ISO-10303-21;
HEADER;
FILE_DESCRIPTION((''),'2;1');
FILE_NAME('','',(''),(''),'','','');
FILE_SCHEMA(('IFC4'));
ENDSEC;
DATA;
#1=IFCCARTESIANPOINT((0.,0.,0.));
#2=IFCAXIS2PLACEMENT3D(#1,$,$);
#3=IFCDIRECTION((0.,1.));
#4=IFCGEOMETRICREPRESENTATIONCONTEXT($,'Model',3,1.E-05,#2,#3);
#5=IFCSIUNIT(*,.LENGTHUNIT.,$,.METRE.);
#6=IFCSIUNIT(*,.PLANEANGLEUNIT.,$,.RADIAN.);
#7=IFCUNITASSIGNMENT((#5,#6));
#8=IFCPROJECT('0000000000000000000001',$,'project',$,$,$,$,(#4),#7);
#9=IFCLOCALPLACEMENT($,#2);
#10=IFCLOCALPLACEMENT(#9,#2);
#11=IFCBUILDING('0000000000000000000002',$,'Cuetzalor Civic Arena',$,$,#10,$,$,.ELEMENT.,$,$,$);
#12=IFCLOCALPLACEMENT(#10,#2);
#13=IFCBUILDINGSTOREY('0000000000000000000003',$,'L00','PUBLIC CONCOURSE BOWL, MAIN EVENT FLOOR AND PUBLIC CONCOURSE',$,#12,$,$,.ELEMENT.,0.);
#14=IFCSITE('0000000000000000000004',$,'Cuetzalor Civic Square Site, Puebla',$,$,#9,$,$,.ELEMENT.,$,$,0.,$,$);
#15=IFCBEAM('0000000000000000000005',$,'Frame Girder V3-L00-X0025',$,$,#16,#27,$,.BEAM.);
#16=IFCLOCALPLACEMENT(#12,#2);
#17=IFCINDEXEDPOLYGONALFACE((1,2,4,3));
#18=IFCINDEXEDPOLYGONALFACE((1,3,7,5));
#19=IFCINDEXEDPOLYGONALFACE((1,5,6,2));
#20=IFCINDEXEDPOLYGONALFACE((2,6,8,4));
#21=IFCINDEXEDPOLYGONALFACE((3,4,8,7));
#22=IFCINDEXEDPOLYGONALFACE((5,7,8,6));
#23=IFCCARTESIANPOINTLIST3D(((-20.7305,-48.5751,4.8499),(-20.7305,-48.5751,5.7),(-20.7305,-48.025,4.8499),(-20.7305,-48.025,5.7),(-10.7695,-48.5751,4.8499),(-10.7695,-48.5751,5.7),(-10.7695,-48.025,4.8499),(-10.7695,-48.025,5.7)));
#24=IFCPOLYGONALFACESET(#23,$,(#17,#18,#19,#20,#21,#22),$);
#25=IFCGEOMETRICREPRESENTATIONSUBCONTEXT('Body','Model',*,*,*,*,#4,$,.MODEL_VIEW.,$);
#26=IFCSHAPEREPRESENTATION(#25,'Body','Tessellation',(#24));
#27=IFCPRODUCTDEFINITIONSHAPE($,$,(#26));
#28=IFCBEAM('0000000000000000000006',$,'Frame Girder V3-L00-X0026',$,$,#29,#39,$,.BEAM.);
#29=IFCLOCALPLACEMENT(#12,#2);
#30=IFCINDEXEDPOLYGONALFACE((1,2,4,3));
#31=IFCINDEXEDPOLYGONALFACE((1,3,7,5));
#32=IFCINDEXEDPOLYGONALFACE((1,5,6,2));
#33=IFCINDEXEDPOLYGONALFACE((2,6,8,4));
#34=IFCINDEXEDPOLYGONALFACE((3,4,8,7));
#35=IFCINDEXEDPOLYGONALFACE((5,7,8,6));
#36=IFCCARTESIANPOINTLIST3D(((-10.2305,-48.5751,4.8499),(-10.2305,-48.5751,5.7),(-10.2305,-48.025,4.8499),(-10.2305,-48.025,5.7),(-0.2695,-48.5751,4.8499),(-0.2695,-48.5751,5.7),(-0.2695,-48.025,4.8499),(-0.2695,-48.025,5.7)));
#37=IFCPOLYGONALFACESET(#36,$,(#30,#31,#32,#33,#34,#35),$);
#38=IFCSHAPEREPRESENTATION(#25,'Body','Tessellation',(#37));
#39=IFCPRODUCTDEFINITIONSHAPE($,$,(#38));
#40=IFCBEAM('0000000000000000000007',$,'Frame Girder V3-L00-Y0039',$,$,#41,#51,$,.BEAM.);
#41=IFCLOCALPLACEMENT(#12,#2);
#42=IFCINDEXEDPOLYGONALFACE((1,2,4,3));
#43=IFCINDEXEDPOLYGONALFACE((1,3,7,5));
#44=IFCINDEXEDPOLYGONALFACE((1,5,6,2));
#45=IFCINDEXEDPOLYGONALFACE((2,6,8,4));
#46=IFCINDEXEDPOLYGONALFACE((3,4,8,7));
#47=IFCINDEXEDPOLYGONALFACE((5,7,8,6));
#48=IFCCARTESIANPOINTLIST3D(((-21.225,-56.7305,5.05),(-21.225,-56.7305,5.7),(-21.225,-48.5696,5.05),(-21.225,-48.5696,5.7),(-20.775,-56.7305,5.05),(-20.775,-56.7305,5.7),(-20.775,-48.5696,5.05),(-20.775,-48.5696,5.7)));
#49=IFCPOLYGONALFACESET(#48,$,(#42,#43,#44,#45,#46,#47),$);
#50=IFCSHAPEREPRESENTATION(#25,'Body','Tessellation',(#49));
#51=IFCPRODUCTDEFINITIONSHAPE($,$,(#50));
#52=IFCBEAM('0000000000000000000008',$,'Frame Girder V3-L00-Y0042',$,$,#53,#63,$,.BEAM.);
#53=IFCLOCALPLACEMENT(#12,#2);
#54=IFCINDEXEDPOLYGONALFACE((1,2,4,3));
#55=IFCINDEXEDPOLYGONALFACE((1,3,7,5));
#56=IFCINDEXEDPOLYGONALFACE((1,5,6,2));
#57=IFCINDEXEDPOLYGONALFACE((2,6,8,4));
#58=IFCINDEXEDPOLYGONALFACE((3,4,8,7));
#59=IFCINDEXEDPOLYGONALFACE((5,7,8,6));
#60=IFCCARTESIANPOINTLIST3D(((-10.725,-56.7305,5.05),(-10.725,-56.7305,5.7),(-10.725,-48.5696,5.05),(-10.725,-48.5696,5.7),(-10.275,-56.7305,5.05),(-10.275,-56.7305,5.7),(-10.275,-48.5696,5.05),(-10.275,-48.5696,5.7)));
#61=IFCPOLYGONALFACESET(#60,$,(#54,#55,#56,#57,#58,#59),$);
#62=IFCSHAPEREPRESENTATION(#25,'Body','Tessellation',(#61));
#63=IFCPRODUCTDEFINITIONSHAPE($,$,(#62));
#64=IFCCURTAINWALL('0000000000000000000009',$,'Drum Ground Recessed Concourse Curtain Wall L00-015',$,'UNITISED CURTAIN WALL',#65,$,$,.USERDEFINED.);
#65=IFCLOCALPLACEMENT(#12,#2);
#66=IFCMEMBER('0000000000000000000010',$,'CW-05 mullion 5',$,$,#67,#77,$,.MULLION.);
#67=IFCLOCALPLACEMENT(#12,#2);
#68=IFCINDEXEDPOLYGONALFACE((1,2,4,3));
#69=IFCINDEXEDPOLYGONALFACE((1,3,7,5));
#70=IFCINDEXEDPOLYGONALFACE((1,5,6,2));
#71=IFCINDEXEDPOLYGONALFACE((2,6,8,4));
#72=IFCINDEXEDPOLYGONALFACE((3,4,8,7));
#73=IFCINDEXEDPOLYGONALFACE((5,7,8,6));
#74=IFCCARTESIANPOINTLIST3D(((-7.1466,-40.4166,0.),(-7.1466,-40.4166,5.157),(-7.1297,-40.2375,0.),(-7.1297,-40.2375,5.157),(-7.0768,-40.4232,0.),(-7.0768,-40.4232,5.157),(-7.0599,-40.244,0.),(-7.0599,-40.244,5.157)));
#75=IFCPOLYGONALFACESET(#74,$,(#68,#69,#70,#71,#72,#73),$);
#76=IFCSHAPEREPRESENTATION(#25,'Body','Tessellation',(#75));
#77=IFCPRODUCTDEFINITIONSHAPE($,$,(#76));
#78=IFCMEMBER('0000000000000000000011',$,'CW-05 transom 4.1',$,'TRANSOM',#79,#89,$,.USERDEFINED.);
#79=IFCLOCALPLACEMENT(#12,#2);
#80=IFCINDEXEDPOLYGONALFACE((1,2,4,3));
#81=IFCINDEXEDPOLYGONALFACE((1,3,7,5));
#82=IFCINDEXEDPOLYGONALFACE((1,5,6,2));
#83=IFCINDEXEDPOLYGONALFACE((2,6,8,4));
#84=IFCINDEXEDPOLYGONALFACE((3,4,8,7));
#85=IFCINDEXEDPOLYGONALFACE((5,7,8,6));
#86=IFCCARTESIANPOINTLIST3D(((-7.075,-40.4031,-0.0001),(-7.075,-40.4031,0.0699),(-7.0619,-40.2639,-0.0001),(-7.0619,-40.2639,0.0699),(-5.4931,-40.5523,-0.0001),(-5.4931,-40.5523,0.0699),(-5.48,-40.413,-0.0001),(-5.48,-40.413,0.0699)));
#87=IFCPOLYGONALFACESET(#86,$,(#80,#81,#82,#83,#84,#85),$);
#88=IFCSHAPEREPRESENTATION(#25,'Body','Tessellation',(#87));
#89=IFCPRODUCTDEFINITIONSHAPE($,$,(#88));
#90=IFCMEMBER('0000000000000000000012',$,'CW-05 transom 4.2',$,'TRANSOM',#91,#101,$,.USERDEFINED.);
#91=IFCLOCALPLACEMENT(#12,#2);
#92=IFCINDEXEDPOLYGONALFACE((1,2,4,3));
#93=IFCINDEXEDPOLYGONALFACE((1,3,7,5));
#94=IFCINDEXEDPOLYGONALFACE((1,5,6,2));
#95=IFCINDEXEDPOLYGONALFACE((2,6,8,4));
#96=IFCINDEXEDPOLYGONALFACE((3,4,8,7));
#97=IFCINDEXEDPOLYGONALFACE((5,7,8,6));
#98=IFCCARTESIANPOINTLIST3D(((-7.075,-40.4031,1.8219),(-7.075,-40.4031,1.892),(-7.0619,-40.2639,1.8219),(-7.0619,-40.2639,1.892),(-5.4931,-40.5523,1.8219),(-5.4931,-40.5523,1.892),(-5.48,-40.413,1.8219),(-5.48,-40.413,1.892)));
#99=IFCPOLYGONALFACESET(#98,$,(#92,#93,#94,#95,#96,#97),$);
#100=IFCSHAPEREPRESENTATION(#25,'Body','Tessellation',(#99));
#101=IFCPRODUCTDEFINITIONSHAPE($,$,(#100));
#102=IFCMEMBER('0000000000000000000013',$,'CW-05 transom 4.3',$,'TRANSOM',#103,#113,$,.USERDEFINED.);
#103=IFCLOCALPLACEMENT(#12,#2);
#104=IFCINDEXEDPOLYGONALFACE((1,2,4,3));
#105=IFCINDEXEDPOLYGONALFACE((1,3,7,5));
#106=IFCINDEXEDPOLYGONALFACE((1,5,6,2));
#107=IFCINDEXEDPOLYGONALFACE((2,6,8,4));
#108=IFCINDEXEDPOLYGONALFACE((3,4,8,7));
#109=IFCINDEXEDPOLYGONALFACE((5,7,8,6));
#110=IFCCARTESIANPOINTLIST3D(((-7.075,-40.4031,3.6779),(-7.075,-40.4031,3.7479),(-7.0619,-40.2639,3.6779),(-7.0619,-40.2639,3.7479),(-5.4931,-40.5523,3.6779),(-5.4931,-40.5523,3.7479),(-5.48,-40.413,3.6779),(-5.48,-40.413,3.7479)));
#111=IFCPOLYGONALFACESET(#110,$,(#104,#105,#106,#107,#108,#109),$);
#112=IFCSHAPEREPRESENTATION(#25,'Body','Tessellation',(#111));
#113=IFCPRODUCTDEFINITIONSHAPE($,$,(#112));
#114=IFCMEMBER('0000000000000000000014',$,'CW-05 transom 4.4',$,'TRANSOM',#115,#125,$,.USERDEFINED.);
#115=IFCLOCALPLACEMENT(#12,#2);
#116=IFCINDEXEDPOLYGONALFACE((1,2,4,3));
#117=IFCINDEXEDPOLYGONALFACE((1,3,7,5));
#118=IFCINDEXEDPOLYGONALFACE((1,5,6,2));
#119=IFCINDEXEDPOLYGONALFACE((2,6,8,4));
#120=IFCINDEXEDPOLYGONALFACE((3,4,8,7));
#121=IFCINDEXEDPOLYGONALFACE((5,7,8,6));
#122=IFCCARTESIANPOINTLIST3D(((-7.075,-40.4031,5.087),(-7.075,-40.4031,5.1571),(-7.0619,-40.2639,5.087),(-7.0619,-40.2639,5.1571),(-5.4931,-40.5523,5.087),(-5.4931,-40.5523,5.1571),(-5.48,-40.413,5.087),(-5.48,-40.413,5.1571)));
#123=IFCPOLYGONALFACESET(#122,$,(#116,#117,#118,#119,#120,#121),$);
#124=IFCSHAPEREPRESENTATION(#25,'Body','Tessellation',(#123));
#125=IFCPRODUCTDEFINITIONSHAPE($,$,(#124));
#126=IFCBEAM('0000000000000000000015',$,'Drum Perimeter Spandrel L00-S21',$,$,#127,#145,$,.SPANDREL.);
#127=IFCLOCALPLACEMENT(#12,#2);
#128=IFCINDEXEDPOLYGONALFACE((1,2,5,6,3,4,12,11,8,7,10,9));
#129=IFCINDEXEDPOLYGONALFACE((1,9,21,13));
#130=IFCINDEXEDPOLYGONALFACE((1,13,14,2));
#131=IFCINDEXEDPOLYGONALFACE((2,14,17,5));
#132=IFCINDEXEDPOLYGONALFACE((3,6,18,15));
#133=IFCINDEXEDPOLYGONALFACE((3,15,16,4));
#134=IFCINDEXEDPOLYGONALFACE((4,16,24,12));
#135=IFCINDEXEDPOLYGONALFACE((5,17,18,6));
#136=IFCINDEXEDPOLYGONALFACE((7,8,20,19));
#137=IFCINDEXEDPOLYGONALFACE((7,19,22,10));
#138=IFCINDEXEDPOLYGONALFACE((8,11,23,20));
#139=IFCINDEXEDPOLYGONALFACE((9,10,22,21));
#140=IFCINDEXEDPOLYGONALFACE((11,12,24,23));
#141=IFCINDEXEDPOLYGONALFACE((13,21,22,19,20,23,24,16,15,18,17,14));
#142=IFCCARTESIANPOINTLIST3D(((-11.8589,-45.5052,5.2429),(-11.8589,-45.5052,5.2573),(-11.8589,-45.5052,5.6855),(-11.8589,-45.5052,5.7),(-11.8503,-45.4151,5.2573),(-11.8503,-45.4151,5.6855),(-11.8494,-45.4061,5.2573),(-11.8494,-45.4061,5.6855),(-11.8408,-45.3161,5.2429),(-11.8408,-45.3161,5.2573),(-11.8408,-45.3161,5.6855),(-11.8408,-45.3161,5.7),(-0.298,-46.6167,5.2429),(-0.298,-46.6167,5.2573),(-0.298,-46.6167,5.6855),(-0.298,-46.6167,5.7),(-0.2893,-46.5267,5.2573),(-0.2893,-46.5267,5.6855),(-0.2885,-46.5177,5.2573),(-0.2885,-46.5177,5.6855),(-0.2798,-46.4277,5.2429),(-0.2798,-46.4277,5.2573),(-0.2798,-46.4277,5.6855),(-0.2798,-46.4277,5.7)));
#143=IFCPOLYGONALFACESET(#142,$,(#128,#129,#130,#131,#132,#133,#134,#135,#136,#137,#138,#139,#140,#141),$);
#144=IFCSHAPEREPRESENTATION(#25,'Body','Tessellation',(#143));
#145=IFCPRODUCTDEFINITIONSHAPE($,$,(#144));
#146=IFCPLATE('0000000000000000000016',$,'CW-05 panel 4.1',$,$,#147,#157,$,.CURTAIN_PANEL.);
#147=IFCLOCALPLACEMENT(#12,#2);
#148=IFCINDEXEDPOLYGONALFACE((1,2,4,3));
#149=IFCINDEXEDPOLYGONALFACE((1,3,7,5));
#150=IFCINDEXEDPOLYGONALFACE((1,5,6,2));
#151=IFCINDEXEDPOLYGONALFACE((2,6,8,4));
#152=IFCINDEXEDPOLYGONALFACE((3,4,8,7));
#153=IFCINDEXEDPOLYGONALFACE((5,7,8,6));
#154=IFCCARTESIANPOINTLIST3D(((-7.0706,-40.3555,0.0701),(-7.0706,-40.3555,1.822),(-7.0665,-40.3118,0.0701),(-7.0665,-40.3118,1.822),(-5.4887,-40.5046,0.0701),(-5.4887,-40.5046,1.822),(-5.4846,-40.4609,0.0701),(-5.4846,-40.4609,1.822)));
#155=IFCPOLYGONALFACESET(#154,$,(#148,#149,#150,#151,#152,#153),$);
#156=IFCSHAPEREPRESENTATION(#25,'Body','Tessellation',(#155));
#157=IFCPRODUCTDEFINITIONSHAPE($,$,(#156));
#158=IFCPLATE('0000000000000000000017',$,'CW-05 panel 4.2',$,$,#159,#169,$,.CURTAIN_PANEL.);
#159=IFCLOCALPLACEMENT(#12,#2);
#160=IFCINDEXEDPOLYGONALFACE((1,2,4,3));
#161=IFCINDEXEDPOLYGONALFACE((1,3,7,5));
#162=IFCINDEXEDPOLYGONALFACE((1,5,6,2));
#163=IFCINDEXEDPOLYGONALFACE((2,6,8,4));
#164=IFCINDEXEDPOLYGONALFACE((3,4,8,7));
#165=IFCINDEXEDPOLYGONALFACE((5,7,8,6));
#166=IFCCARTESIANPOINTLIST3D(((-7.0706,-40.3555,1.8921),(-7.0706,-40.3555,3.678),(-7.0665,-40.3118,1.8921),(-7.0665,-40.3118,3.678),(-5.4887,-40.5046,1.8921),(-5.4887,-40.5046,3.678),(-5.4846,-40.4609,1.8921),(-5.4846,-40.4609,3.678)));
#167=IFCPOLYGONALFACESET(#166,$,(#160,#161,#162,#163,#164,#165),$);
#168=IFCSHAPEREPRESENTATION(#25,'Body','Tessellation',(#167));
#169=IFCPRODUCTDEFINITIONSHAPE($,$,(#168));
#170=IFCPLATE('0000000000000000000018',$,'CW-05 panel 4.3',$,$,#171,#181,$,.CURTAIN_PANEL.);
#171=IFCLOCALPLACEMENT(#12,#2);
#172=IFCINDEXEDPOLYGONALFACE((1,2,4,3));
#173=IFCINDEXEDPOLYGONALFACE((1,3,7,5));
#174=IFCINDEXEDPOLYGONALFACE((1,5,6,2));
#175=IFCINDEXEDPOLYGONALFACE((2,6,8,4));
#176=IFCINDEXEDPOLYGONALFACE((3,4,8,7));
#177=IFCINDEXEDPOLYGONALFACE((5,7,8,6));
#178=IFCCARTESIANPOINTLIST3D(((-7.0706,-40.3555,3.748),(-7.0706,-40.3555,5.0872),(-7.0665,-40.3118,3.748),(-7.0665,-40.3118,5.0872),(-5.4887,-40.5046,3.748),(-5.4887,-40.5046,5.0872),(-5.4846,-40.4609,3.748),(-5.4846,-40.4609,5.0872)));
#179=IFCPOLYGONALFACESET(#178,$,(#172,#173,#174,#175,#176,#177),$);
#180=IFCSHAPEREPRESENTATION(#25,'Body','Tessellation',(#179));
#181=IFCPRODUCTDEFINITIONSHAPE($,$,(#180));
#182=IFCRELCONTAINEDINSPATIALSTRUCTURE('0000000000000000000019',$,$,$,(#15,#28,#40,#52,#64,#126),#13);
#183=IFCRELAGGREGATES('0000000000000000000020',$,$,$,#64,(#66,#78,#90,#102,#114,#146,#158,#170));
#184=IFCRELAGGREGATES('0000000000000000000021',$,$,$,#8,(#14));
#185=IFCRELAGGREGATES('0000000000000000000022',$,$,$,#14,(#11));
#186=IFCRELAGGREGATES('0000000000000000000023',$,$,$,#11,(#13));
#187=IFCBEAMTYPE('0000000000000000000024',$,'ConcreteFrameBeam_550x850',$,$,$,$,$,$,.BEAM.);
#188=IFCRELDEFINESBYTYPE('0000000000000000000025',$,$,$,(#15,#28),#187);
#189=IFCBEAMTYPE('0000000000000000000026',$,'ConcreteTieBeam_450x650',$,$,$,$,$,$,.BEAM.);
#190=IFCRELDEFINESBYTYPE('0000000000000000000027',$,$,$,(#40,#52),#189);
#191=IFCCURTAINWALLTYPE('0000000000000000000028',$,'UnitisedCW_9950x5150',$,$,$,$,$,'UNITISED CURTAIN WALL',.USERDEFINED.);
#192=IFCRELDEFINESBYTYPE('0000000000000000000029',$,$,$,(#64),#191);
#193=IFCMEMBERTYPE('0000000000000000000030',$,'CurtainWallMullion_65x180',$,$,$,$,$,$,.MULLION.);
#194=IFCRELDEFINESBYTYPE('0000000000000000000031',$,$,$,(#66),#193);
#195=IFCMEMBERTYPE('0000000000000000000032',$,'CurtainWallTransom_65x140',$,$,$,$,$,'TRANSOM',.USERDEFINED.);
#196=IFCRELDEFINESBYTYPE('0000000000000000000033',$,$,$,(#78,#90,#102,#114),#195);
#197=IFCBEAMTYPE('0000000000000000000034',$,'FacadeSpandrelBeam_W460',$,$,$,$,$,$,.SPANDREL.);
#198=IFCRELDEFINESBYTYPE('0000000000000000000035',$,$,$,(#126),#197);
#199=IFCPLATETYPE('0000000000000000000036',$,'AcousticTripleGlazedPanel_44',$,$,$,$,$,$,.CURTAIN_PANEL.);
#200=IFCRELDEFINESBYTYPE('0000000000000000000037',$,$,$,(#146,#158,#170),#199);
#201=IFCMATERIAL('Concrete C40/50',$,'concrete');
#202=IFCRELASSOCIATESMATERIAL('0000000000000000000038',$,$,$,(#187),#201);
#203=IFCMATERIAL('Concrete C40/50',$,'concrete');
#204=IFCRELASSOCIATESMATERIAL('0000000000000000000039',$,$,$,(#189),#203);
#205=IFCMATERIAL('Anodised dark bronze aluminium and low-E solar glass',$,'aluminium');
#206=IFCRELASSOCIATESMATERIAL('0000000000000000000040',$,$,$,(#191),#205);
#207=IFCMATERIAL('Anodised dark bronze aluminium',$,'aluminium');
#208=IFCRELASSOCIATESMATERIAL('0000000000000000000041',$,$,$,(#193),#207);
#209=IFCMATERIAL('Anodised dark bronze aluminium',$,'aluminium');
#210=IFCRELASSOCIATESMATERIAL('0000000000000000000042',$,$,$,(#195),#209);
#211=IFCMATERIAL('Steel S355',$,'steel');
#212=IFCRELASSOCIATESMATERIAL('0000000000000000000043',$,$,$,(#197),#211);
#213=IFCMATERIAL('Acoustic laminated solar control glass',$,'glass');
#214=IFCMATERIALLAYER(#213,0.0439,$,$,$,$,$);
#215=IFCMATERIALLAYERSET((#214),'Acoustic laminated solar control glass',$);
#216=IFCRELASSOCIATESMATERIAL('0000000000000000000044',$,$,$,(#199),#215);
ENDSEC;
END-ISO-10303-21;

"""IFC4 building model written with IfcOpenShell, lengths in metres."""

from ifc_helpers import new_model, si_unit, direction, frame, origin, origin_2d, place, context, subcontext, project, spatial, rectangle, i_section, extrude, material, layer, layer_set, material_profile, profile_set, type_object, element, aggregate, save


model = new_model("IFC4")

# Units and contexts
model_context = context("Model", 3, precision=1e-05, world=origin(), true_north=direction((0.0, 1.0)))
body_context = subcontext(model_context, "Body", "Model", "MODEL_VIEW")
ifc_project = project(units=[si_unit("LENGTHUNIT", "METRE"), si_unit("PLANEANGLEUNIT", "RADIAN")], contexts=[model_context])

# Site, building, storey
site_placement = place(None, origin())
site = spatial("IfcSite", under=ifc_project, at=site_placement, Name="Cuetzalor Civic Square Site, Puebla", CompositionType="ELEMENT", RefElevation=0.0)
building_placement = place(site_placement, origin())
building = spatial("IfcBuilding", under=site, at=building_placement, Name="Cuetzalor Civic Arena", CompositionType="ELEMENT")
storey_placement = place(building_placement, origin())
storey = spatial("IfcBuildingStorey", under=building, at=storey_placement, Name="L00", Description="PUBLIC CONCOURSE BOWL, MAIN EVENT FLOOR AND PUBLIC CONCOURSE", CompositionType="ELEMENT", Elevation=0.0)

# Beams
ifc_material_1 = material(Name="Concrete C40/50", Category="concrete")
ifc_material_profile_1 = material_profile(ifc_material_1, rectangle(XDim=0.55, YDim=0.8501, at=origin_2d()), Name="RC 550x850")
ifc_profile_set_1 = profile_set([ifc_material_profile_1], Name="Concrete C40/50")
beam_type_1 = type_object("IfcBeamType", Name="ConcreteFrameBeam_550x850", PredefinedType="BEAM", material=ifc_profile_set_1)
for number, where, z_axis, x_axis, name in (
    (1, (-20.7305, -48.3, 5.2749), (1.0, 0.0, 0.0), (0.0, 1.0, 0.0), "Frame Girder V3-L00-X0025"),
    (2, (-10.2305, -48.3, 5.2749), (1.0, 0.0, 0.0), (0.0, 1.0, 0.0), "Frame Girder V3-L00-X0026"),
):
    element("IfcBeam", number, at=place(storey_placement, frame(where, z_axis=z_axis, x_axis=x_axis)), inside=storey, type_object=beam_type_1, Name=name, PredefinedType="BEAM", context=body_context, shape_type="SweptSolid", body=[
        extrude(rectangle(XDim=0.55, YDim=0.8501, at=origin_2d()), origin(), (0.0, 0.0, 1.0), 9.9609),
    ])
ifc_material_2 = material(Name="Concrete C40/50", Category="concrete")
ifc_material_profile_2 = material_profile(ifc_material_2, rectangle(XDim=0.45, YDim=0.6499, at=origin_2d()), Name="RC 450x650")
ifc_profile_set_2 = profile_set([ifc_material_profile_2], Name="Concrete C40/50")
beam_type_2 = type_object("IfcBeamType", Name="ConcreteTieBeam_450x650", PredefinedType="BEAM", material=ifc_profile_set_2)
for number, where, z_axis, x_axis, name in (
    (3, (-21.0, -56.7305, 5.375), (0.0, 1.0, 0.0), (-1.0, 0.0, 0.0), "Frame Girder V3-L00-Y0039"),
    (4, (-10.5, -56.7305, 5.375), (0.0, 1.0, 0.0), (-1.0, 0.0, 0.0), "Frame Girder V3-L00-Y0042"),
):
    element("IfcBeam", number, at=place(storey_placement, frame(where, z_axis=z_axis, x_axis=x_axis)), inside=storey, type_object=beam_type_2, Name=name, PredefinedType="BEAM", context=body_context, shape_type="SweptSolid", body=[
        extrude(rectangle(XDim=0.45, YDim=0.6499, at=origin_2d()), origin(), (0.0, 0.0, 1.0), 8.1609),
    ])

# Curtain wall, members
ifc_material_3 = material(Name="Anodised dark bronze aluminium and low-E solar glass", Category="aluminium")
curtain_wall_type = type_object("IfcCurtainWallType", Name="UnitisedCW_9950x5150", ElementType="UNITISED CURTAIN WALL", PredefinedType="USERDEFINED", material=ifc_material_3)
curtain_wall_placement = place(storey_placement, origin())
curtain_wall = element("IfcCurtainWall", 5, at=curtain_wall_placement, inside=storey, type_object=curtain_wall_type, Name="Drum Ground Recessed Concourse Curtain Wall L00-015", ObjectType="UNITISED CURTAIN WALL", PredefinedType="USERDEFINED")
ifc_material_4 = material(Name="Anodised dark bronze aluminium", Category="aluminium")
ifc_material_profile_3 = material_profile(ifc_material_4, rectangle(XDim=0.0701, YDim=0.1799, at=origin_2d()), Name="ALU MULLION 70x180")
ifc_profile_set_3 = profile_set([ifc_material_profile_3], Name="Anodised dark bronze aluminium")
member_type_1 = type_object("IfcMemberType", Name="CurtainWallMullion_65x180", PredefinedType="MULLION", material=ifc_profile_set_3)
member_1_placement = place(storey_placement, frame((-7.1033, -40.3303, 0.0), z_axis=(0.0, 0.0, 1.0), x_axis=(-0.995585, 0.093863, 0.0)))
member_1 = element("IfcMember", 6, at=member_1_placement, type_object=member_type_1, Name="CW-05 mullion 5", PredefinedType="MULLION", context=body_context, shape_type="SweptSolid", body=[
    extrude(rectangle(XDim=0.0701, YDim=0.1799, at=origin_2d()), origin(), (0.0, 0.0, 1.0), 5.157),
])
ifc_material_5 = material(Name="Anodised dark bronze aluminium", Category="aluminium")
ifc_material_profile_4 = material_profile(ifc_material_5, rectangle(XDim=0.1399, YDim=0.0701, at=origin_2d()), Name="ALU TRANSOM 70x140")
ifc_profile_set_4 = profile_set([ifc_material_profile_4], Name="Anodised dark bronze aluminium")
member_type_2 = type_object("IfcMemberType", Name="CurtainWallTransom_65x140", ElementType="TRANSOM", PredefinedType="USERDEFINED", material=ifc_profile_set_4)
member_2_placement = place(storey_placement, frame((-5.4866, -40.4827, 0.0349), z_axis=(-0.995583, 0.093888, 0.0), x_axis=(-0.093888, -0.995583, 0.0)))
member_2 = element("IfcMember", 7, at=member_2_placement, type_object=member_type_2, Name="CW-05 transom 4.1", ObjectType="TRANSOM", PredefinedType="USERDEFINED", context=body_context, shape_type="SweptSolid", body=[
    extrude(rectangle(XDim=0.1399, YDim=0.0701, at=origin_2d()), origin(), (0.0, 0.0, 1.0), 1.5889),
])
member_3_placement = place(storey_placement, frame((-5.4866, -40.4827, 1.8569), z_axis=(-0.995583, 0.093888, 0.0), x_axis=(-0.093888, -0.995583, 0.0)))
member_3 = element("IfcMember", 8, at=member_3_placement, type_object=member_type_2, Name="CW-05 transom 4.2", ObjectType="TRANSOM", PredefinedType="USERDEFINED", context=body_context, shape_type="SweptSolid", body=[
    extrude(rectangle(XDim=0.1399, YDim=0.0701, at=origin_2d()), origin(), (0.0, 0.0, 1.0), 1.5889),
])
member_4_placement = place(storey_placement, frame((-5.4866, -40.4827, 3.7129), z_axis=(-0.995583, 0.093888, 0.0), x_axis=(-0.093888, -0.995583, 0.0)))
member_4 = element("IfcMember", 9, at=member_4_placement, type_object=member_type_2, Name="CW-05 transom 4.3", ObjectType="TRANSOM", PredefinedType="USERDEFINED", context=body_context, shape_type="SweptSolid", body=[
    extrude(rectangle(XDim=0.1399, YDim=0.0701, at=origin_2d()), origin(), (0.0, 0.0, 1.0), 1.5889),
])
member_5_placement = place(storey_placement, frame((-5.4866, -40.4827, 5.1221), z_axis=(-0.995583, 0.093888, 0.0), x_axis=(-0.093888, -0.995583, 0.0)))
member_5 = element("IfcMember", 10, at=member_5_placement, type_object=member_type_2, Name="CW-05 transom 4.4", ObjectType="TRANSOM", PredefinedType="USERDEFINED", context=body_context, shape_type="SweptSolid", body=[
    extrude(rectangle(XDim=0.1399, YDim=0.0701, at=origin_2d()), origin(), (0.0, 0.0, 1.0), 1.5889),
])

# Beam
ifc_material_6 = material(Name="Steel S355", Category="steel")
ifc_material_profile_5 = material_profile(ifc_material_6, i_section(OverallWidth=0.1899, OverallDepth=0.457, WebThickness=0.009, FlangeThickness=0.0144, at=origin_2d()), Name="W460x74")
ifc_profile_set_5 = profile_set([ifc_material_profile_5], Name="Steel S355")
beam_type_3 = type_object("IfcBeamType", Name="FacadeSpandrelBeam_W460", PredefinedType="SPANDREL", material=ifc_profile_set_5)
beam_placement = place(storey_placement, frame((-11.8499, -45.4106, 5.4714), z_axis=(0.99541, -0.095707, 0.0), x_axis=(0.095707, 0.99541, 0.0)))
element("IfcBeam", 11, at=beam_placement, inside=storey, type_object=beam_type_3, Name="Drum Perimeter Spandrel L00-S21", PredefinedType="SPANDREL", context=body_context, shape_type="SweptSolid", body=[
    extrude(i_section(OverallWidth=0.1899, OverallDepth=0.457, WebThickness=0.009, FlangeThickness=0.0144, at=origin_2d()), origin(), (0.0, 0.0, 1.0), 11.6143),
])

# Plates
ifc_material_7 = material(Name="Acoustic laminated solar control glass", Category="glass")
ifc_layer_1 = layer(ifc_material_7, 0.0439)
ifc_layer_set_1 = layer_set([ifc_layer_1], Name="Acoustic laminated solar control glass")
plate_type = type_object("IfcPlateType", Name="AcousticTripleGlazedPanel_44", PredefinedType="CURTAIN_PANEL", material=ifc_layer_set_1)
plate_1_placement = place(storey_placement, frame((-6.2776, -40.4082, 0.0701), z_axis=(0.0, 0.0, 1.0), x_axis=(-0.995585, 0.093863, 0.0)))
plate_1 = element("IfcPlate", 12, at=plate_1_placement, type_object=plate_type, Name="CW-05 panel 4.1", PredefinedType="CURTAIN_PANEL", context=body_context, shape_type="SweptSolid", body=[
    extrude(rectangle(XDim=1.5889, YDim=0.0439, at=origin_2d()), origin(), (0.0, 0.0, 1.0), 1.752),
])
plate_2_placement = place(storey_placement, frame((-6.2776, -40.4082, 1.8921), z_axis=(0.0, 0.0, 1.0), x_axis=(-0.995585, 0.093863, 0.0)))
plate_2 = element("IfcPlate", 13, at=plate_2_placement, type_object=plate_type, Name="CW-05 panel 4.2", PredefinedType="CURTAIN_PANEL", context=body_context, shape_type="SweptSolid", body=[
    extrude(rectangle(XDim=1.5889, YDim=0.0439, at=origin_2d()), origin(), (0.0, 0.0, 1.0), 1.7859),
])
plate_3_placement = place(storey_placement, frame((-6.2776, -40.4082, 3.748), z_axis=(0.0, 0.0, 1.0), x_axis=(-0.995585, 0.093863, 0.0)))
plate_3 = element("IfcPlate", 14, at=plate_3_placement, type_object=plate_type, Name="CW-05 panel 4.3", PredefinedType="CURTAIN_PANEL", context=body_context, shape_type="SweptSolid", body=[
    extrude(rectangle(XDim=1.5889, YDim=0.0439, at=origin_2d()), origin(), (0.0, 0.0, 1.0), 1.3391),
])
aggregate(curtain_wall, [member_1, member_2, member_3, member_4, member_5, plate_1, plate_2, plate_3])

save(model, "model.ifc")
